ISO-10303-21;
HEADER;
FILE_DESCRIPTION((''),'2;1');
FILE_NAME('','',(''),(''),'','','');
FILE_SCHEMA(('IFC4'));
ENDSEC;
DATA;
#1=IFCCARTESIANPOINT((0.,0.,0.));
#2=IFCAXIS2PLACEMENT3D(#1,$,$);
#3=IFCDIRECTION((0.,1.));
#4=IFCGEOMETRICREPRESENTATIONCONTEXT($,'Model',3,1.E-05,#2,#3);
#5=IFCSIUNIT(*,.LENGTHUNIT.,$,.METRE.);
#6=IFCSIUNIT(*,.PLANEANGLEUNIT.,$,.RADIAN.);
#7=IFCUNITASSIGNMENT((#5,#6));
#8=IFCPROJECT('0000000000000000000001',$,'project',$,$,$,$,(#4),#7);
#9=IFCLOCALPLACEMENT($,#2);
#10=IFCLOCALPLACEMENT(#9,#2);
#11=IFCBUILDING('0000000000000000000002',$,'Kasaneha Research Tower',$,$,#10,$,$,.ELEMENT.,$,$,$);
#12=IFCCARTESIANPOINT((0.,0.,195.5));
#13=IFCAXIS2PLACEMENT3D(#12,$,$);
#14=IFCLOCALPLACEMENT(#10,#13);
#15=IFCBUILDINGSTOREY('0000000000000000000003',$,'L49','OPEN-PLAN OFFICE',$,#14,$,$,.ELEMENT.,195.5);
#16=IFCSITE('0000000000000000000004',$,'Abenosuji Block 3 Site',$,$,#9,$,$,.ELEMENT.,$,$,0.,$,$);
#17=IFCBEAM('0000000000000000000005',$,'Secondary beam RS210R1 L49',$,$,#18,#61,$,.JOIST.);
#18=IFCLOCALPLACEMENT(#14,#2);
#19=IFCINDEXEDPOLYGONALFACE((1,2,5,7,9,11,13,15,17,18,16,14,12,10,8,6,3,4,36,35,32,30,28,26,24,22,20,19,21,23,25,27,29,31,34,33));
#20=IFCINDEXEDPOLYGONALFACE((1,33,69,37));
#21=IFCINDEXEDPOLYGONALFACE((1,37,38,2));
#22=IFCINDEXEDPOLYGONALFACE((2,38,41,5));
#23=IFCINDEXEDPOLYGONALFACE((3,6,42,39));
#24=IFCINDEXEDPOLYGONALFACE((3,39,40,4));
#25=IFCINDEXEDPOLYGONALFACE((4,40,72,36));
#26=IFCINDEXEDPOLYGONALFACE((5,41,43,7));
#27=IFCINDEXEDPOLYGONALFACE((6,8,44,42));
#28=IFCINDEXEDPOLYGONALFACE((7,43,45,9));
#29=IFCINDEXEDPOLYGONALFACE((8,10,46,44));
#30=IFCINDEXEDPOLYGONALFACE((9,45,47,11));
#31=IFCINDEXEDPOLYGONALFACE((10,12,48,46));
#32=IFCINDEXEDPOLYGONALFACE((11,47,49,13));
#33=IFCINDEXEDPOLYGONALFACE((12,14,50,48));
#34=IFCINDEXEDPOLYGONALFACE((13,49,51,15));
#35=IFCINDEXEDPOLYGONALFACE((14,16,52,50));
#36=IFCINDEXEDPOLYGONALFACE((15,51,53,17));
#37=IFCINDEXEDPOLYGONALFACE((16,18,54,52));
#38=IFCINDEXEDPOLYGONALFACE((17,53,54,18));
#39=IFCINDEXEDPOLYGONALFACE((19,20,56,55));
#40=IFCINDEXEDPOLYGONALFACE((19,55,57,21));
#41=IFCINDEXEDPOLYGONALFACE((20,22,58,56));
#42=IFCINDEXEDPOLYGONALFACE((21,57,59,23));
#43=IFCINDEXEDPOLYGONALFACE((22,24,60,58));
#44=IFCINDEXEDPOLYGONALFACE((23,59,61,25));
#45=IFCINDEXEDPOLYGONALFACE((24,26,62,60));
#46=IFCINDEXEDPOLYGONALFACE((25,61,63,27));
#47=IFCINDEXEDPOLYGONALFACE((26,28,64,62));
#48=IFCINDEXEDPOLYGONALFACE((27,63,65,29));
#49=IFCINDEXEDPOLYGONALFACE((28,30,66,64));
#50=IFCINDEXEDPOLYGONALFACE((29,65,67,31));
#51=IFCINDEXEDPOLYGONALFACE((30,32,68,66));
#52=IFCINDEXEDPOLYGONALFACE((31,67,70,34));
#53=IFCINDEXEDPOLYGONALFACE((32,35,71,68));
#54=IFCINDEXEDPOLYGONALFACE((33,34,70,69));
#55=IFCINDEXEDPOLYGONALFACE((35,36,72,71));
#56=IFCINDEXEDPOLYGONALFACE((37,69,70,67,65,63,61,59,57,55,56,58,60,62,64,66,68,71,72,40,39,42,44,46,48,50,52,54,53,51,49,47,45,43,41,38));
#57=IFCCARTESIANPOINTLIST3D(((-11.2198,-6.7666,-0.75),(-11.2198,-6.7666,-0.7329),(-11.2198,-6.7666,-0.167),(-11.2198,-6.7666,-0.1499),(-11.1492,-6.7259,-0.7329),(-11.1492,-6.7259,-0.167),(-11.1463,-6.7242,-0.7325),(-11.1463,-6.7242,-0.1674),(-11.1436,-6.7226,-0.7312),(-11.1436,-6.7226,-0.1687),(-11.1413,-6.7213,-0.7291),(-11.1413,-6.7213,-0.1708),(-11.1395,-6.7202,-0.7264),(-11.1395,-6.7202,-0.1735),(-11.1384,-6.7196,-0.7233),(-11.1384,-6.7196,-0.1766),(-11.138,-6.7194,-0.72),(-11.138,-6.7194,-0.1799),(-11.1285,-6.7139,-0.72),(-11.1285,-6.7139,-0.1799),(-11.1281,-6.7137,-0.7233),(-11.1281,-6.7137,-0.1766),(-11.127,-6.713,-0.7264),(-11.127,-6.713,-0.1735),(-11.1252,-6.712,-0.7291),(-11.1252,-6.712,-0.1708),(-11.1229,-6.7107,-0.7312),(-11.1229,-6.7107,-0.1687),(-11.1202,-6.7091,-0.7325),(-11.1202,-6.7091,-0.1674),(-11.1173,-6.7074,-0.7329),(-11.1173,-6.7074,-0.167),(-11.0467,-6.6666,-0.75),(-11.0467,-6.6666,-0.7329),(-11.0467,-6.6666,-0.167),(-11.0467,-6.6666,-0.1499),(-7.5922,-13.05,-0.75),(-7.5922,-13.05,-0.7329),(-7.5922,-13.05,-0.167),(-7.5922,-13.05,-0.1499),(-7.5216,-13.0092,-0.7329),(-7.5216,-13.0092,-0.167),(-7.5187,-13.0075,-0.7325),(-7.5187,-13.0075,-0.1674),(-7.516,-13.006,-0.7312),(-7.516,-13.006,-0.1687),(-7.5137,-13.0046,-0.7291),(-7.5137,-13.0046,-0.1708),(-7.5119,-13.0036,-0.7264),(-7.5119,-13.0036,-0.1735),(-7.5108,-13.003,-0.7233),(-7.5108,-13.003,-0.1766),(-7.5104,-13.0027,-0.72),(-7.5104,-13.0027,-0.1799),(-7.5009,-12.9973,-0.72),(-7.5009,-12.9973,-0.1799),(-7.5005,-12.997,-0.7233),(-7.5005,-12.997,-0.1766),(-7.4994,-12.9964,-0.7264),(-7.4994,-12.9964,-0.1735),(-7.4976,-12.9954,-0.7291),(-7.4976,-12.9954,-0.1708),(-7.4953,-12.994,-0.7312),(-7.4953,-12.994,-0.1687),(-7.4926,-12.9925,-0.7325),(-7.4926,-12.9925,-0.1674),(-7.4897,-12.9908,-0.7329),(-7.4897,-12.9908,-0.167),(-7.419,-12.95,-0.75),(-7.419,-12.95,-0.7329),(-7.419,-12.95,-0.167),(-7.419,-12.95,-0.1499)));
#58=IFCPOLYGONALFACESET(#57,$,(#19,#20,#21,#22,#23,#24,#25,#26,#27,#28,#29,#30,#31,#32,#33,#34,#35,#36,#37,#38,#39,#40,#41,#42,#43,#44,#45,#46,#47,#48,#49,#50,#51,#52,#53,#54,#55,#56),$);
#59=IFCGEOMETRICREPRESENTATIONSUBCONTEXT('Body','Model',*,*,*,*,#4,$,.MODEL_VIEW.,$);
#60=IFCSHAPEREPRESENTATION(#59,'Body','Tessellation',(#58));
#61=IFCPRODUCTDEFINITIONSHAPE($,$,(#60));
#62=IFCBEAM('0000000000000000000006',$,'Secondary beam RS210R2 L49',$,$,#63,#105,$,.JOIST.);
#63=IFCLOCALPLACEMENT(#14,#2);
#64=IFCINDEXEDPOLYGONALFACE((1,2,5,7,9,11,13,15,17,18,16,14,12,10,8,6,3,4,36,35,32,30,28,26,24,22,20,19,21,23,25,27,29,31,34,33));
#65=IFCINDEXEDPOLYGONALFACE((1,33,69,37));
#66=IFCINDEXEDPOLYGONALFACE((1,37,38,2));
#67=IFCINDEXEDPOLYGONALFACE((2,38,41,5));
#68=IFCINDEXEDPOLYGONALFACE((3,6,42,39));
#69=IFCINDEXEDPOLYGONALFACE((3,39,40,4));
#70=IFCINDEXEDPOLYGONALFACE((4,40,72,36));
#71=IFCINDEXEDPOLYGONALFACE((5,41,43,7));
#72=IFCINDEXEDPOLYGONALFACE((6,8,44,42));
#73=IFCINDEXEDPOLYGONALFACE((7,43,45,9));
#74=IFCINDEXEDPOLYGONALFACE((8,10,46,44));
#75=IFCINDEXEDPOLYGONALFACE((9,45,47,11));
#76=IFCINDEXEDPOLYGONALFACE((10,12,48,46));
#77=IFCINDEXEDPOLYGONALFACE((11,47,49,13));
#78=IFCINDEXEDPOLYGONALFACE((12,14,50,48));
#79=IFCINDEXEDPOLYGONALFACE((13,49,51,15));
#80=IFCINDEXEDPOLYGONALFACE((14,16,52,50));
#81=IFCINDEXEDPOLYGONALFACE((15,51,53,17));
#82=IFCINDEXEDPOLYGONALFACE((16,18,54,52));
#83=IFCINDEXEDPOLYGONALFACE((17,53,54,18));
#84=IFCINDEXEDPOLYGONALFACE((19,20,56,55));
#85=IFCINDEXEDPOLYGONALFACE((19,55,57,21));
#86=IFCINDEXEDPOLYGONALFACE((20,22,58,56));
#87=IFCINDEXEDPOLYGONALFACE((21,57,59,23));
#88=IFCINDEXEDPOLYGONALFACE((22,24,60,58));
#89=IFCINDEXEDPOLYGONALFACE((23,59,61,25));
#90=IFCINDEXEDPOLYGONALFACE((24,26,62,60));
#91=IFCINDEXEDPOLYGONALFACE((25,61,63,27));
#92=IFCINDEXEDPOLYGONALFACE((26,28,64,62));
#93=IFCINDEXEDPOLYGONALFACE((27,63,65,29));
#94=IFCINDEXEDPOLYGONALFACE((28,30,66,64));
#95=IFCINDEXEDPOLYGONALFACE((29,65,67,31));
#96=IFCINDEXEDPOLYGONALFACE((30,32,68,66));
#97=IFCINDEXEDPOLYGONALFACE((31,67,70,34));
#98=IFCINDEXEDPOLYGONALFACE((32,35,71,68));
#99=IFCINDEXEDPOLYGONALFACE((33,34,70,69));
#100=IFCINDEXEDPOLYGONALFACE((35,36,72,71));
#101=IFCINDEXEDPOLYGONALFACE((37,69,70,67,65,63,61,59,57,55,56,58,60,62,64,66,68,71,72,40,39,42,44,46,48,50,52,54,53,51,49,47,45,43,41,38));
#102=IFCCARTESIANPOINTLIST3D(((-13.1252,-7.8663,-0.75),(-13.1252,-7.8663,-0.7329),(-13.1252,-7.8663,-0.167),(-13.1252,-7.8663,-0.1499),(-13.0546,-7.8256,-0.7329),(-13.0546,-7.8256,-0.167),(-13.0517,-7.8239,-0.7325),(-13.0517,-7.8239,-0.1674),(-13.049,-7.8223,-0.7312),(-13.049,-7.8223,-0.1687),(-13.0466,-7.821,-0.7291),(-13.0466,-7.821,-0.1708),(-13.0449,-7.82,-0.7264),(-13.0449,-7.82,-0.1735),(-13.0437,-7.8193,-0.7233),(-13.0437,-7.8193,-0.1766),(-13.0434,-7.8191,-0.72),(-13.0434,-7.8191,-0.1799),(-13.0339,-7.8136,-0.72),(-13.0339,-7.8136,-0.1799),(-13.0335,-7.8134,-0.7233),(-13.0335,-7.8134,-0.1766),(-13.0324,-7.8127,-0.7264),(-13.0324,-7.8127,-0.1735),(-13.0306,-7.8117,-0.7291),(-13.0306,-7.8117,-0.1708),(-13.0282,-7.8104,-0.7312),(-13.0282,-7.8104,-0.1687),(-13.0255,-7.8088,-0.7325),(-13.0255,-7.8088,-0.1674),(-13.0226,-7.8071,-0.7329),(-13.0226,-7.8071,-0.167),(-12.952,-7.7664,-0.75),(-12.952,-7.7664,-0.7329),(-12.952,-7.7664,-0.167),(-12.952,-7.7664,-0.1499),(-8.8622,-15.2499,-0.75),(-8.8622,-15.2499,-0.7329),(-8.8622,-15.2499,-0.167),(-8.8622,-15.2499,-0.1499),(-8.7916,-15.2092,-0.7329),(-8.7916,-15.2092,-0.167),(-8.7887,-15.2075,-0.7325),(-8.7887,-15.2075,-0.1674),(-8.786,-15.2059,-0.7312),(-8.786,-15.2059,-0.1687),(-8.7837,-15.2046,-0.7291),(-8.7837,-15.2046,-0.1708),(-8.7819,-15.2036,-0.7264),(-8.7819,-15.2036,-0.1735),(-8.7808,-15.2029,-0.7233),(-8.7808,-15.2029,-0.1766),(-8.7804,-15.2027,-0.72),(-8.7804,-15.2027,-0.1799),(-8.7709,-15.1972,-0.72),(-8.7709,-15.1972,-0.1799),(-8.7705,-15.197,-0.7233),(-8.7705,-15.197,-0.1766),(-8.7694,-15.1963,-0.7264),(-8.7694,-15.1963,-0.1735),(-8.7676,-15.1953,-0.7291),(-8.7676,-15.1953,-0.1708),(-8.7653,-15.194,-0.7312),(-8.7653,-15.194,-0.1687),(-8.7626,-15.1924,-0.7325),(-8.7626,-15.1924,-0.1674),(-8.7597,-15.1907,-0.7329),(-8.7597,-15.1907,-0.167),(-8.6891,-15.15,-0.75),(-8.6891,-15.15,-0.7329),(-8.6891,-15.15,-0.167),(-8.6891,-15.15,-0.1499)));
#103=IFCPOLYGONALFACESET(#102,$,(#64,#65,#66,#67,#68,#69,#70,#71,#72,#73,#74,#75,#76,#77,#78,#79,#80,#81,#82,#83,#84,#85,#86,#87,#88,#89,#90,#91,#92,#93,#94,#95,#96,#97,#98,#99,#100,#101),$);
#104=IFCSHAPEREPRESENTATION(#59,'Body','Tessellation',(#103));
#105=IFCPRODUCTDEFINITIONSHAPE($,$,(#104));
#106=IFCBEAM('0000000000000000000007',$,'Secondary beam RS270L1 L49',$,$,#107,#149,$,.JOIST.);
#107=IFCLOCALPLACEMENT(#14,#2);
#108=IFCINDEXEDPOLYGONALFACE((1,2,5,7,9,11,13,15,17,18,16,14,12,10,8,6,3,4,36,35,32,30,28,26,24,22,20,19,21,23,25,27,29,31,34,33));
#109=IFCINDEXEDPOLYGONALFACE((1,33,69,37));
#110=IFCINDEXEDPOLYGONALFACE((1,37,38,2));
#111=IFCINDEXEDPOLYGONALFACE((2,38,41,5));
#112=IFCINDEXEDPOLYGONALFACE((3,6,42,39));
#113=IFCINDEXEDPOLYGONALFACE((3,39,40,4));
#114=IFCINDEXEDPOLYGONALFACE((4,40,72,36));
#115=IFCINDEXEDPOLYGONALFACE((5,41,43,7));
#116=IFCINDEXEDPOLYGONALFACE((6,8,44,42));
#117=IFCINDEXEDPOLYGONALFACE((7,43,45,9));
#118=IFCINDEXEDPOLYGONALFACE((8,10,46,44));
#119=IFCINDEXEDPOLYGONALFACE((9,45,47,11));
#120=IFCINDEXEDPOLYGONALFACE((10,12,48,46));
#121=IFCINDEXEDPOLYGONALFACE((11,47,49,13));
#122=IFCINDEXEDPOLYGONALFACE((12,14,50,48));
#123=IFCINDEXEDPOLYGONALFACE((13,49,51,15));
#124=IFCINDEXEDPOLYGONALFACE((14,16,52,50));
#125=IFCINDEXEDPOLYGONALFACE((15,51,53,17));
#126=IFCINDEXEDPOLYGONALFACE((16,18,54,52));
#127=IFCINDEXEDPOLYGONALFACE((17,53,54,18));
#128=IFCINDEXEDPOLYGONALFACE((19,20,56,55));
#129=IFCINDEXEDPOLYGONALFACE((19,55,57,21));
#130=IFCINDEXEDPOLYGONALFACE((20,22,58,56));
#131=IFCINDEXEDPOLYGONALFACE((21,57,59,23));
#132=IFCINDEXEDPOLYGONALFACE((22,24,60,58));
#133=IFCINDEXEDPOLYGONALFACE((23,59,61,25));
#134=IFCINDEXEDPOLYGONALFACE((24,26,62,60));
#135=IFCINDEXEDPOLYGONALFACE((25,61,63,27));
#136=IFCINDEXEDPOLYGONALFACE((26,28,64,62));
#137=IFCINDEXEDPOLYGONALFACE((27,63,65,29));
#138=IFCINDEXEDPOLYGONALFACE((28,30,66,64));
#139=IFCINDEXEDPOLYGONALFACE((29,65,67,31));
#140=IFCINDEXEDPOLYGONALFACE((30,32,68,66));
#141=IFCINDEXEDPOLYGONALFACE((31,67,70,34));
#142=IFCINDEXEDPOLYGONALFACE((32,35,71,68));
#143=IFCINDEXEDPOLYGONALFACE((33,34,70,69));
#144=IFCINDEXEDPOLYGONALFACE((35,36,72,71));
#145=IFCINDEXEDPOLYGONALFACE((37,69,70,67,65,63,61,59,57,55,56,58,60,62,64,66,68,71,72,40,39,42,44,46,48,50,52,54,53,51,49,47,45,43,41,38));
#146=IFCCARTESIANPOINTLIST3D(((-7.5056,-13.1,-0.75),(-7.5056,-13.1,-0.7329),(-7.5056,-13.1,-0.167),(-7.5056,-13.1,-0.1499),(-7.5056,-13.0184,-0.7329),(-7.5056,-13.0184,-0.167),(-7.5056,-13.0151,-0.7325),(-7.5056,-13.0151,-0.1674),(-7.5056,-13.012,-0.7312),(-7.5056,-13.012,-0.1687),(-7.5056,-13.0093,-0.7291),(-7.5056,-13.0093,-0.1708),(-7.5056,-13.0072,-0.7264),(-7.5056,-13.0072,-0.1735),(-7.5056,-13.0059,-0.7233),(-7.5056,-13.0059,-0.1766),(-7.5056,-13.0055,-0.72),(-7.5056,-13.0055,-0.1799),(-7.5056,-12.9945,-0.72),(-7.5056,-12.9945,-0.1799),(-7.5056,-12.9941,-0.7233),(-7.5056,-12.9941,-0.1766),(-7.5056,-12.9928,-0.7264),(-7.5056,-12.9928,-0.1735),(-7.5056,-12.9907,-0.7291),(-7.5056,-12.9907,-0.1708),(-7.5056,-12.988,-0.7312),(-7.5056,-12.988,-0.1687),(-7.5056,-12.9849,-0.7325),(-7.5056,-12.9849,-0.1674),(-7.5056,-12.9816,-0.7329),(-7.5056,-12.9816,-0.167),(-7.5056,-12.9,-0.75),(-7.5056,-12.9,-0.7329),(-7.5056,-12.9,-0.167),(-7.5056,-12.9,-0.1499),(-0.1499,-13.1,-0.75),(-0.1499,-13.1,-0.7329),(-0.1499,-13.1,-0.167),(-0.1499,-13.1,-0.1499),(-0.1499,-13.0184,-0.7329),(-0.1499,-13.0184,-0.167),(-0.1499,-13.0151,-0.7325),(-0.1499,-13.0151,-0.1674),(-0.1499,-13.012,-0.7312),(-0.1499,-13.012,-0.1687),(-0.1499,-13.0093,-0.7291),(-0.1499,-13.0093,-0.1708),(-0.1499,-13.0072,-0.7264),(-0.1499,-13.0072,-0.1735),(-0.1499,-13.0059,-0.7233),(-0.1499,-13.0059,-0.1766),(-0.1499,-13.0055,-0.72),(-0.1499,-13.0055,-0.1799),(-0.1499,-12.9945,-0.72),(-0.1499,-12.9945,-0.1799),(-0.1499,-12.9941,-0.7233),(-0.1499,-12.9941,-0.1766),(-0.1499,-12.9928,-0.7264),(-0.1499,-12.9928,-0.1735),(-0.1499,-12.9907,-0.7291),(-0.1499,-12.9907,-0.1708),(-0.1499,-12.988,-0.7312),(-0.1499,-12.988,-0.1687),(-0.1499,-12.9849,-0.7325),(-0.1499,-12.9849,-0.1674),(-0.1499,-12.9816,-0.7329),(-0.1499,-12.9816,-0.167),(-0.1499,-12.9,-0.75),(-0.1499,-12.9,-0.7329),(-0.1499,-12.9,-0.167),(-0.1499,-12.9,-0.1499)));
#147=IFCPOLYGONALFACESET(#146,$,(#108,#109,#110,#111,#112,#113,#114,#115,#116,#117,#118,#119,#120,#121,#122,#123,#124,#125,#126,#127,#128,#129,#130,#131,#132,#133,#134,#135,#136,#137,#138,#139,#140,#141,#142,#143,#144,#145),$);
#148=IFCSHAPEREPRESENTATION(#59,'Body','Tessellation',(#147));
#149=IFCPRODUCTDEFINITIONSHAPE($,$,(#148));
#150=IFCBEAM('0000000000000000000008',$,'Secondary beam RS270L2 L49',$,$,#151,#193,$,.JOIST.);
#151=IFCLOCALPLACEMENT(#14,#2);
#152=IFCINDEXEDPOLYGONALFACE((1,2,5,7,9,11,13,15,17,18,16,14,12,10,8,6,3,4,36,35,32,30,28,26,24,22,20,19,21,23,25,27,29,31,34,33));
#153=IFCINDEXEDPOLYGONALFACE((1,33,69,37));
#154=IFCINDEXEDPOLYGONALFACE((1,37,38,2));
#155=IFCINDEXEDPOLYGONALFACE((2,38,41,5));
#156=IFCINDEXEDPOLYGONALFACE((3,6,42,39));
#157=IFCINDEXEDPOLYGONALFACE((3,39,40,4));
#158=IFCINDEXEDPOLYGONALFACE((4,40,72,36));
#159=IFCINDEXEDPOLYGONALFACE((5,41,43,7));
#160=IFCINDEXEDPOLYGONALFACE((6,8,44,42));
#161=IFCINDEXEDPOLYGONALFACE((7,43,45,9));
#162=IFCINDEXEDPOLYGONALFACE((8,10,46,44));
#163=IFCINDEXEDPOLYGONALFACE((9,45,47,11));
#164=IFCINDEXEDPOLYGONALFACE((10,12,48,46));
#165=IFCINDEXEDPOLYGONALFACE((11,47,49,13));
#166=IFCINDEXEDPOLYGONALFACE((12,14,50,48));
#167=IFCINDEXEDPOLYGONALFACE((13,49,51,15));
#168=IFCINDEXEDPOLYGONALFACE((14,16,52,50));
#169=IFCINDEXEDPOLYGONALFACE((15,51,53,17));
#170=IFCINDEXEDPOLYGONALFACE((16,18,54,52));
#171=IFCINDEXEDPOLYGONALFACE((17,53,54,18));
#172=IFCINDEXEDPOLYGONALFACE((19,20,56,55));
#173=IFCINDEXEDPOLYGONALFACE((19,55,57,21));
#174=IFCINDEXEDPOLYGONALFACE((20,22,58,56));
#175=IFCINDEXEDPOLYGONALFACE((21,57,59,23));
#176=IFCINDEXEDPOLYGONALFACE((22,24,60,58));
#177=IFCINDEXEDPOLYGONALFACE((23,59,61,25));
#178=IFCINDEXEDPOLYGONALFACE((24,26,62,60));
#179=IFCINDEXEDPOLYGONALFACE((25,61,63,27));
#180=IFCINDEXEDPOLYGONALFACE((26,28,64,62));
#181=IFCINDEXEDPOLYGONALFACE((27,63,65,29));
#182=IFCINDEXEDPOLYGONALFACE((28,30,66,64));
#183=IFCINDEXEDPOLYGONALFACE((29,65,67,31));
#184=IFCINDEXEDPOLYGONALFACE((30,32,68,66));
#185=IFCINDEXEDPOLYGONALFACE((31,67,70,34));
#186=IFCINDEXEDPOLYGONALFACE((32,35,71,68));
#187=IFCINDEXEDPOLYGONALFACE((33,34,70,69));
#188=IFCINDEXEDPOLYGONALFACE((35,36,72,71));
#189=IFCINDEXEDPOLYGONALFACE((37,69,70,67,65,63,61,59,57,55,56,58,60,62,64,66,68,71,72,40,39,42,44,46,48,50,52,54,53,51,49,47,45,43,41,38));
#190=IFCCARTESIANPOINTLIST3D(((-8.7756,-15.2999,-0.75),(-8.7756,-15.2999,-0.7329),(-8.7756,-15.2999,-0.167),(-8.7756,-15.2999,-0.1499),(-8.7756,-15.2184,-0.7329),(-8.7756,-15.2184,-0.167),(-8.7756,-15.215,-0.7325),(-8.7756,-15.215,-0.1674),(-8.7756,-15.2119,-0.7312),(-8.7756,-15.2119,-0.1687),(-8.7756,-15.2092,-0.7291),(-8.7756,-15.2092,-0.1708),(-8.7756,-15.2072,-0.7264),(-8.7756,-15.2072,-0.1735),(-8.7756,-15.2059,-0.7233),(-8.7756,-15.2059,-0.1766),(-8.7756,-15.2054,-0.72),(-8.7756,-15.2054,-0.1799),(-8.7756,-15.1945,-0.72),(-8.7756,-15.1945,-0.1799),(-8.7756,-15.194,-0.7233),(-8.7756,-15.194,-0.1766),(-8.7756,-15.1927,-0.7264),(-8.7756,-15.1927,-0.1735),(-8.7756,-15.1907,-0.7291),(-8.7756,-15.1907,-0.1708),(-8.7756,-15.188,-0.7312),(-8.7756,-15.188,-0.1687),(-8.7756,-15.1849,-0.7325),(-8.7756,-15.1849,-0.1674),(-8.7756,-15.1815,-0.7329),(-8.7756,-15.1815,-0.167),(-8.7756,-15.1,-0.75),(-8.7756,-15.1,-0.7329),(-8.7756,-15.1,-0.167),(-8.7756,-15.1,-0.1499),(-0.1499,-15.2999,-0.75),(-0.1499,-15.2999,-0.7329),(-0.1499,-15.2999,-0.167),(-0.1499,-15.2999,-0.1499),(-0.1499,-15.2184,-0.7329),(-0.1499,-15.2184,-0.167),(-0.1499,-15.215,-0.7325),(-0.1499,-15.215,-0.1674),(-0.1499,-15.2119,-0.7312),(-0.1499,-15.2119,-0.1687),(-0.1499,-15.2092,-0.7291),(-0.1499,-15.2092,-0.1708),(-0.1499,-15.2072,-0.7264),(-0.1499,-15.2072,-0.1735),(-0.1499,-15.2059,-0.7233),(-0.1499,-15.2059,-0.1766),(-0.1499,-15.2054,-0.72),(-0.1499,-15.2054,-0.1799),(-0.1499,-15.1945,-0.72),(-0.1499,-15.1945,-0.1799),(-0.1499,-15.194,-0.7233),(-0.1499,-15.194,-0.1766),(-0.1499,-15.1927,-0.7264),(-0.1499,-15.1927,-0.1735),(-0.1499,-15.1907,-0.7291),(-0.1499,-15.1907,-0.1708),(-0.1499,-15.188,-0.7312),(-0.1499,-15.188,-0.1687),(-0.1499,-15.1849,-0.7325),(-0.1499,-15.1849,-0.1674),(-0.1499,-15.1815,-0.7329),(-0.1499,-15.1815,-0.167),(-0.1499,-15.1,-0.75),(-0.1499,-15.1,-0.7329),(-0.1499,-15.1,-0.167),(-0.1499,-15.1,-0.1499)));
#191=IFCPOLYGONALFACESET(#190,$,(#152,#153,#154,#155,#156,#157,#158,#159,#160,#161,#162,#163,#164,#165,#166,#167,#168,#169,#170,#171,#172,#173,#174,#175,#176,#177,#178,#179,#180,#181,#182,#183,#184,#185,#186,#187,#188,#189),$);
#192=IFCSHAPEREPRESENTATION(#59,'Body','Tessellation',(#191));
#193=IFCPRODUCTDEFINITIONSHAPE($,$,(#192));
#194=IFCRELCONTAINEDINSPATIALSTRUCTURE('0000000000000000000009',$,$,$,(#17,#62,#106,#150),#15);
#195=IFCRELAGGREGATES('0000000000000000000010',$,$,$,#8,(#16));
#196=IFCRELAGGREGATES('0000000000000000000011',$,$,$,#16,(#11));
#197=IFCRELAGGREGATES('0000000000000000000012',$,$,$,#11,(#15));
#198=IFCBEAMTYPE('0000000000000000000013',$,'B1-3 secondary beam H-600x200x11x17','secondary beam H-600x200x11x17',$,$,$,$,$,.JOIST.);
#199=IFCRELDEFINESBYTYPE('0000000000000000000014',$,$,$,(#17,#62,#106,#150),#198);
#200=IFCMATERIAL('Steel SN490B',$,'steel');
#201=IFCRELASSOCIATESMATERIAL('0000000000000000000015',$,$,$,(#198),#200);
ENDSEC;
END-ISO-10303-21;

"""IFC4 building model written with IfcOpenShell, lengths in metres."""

from ifc_helpers import new_model, si_unit, direction, frame, origin, origin_2d, place, context, subcontext, project, spatial, i_section, extrude, material, material_profile, profile_set, type_object, element, save


model = new_model("IFC4")

# Units and contexts
model_context = context("Model", 3, precision=1e-05, world=origin(), true_north=direction((0.0, 1.0)))
body_context = subcontext(model_context, "Body", "Model", "MODEL_VIEW")
ifc_project = project(units=[si_unit("LENGTHUNIT", "METRE"), si_unit("PLANEANGLEUNIT", "RADIAN")], contexts=[model_context])

# Site, building, storey
site_placement = place(None, origin())
site = spatial("IfcSite", under=ifc_project, at=site_placement, Name="Abenosuji Block 3 Site", CompositionType="ELEMENT", RefElevation=0.0)
building_placement = place(site_placement, origin())
building = spatial("IfcBuilding", under=site, at=building_placement, Name="Kasaneha Research Tower", CompositionType="ELEMENT")
storey_placement = place(building_placement, frame((0.0, 0.0, 195.5)))
storey = spatial("IfcBuildingStorey", under=building, at=storey_placement, Name="L49", Description="OPEN-PLAN OFFICE", CompositionType="ELEMENT", Elevation=195.5)

# Beams
ifc_material_1 = material(Name="Steel SN490B", Category="steel")
ifc_material_profile_1 = material_profile(ifc_material_1, i_section(OverallWidth=0.2, OverallDepth=0.6001, WebThickness=0.011, FlangeThickness=0.0171, FilletRadius=0.0129, at=origin_2d()), Name="H-600x200x11x17")
ifc_profile_set_1 = profile_set([ifc_material_profile_1], Name="Steel SN490B")
beam_type_1 = type_object("IfcBeamType", Name="B1-3 secondary beam H-600x200x11x17", Description="secondary beam H-600x200x11x17", PredefinedType="JOIST", material=ifc_profile_set_1)
beam_1_placement = place(storey_placement, frame((-7.5056, -13.0, -0.45), z_axis=(-0.499993, 0.866029, 0.0), x_axis=(-0.866029, -0.499993, 0.0)))
element("IfcBeam", 1, at=beam_1_placement, inside=storey, type_object=beam_type_1, Name="Secondary beam RS210R1 L49", PredefinedType="JOIST", context=body_context, shape_type="SweptSolid", body=[
    extrude(i_section(OverallWidth=0.2, OverallDepth=0.6001, WebThickness=0.011, FlangeThickness=0.0171, FilletRadius=0.0129, at=origin_2d()), origin(), (0.0, 0.0, 1.0), 7.2554),
])
beam_2_placement = place(storey_placement, frame((-8.7756, -15.2, -0.45), z_axis=(-0.500004, 0.866023, 0.0), x_axis=(-0.866023, -0.500004, 0.0)))
element("IfcBeam", 2, at=beam_2_placement, inside=storey, type_object=beam_type_1, Name="Secondary beam RS210R2 L49", PredefinedType="JOIST", context=body_context, shape_type="SweptSolid", body=[
    extrude(i_section(OverallWidth=0.2, OverallDepth=0.6001, WebThickness=0.011, FlangeThickness=0.0171, FilletRadius=0.0129, at=origin_2d()), origin(), (0.0, 0.0, 1.0), 8.5259),
])
beam_3_placement = place(storey_placement, frame((-7.5056, -13.0, -0.45), z_axis=(1.0, 0.0, 0.0), x_axis=(0.0, 1.0, 0.0)))
element("IfcBeam", 3, at=beam_3_placement, inside=storey, type_object=beam_type_1, Name="Secondary beam RS270L1 L49", PredefinedType="JOIST", context=body_context, shape_type="SweptSolid", body=[
    extrude(i_section(OverallWidth=0.2, OverallDepth=0.6001, WebThickness=0.011, FlangeThickness=0.0171, FilletRadius=0.0129, at=origin_2d()), origin(), (0.0, 0.0, 1.0), 7.3557),
])
beam_4_placement = place(storey_placement, frame((-8.7756, -15.2, -0.45), z_axis=(1.0, 0.0, 0.0), x_axis=(0.0, 1.0, 0.0)))
element("IfcBeam", 4, at=beam_4_placement, inside=storey, type_object=beam_type_1, Name="Secondary beam RS270L2 L49", PredefinedType="JOIST", context=body_context, shape_type="SweptSolid", body=[
    extrude(i_section(OverallWidth=0.2, OverallDepth=0.6001, WebThickness=0.011, FlangeThickness=0.0171, FilletRadius=0.0129, at=origin_2d()), origin(), (0.0, 0.0, 1.0), 8.6257),
])

save(model, "model.ifc")
